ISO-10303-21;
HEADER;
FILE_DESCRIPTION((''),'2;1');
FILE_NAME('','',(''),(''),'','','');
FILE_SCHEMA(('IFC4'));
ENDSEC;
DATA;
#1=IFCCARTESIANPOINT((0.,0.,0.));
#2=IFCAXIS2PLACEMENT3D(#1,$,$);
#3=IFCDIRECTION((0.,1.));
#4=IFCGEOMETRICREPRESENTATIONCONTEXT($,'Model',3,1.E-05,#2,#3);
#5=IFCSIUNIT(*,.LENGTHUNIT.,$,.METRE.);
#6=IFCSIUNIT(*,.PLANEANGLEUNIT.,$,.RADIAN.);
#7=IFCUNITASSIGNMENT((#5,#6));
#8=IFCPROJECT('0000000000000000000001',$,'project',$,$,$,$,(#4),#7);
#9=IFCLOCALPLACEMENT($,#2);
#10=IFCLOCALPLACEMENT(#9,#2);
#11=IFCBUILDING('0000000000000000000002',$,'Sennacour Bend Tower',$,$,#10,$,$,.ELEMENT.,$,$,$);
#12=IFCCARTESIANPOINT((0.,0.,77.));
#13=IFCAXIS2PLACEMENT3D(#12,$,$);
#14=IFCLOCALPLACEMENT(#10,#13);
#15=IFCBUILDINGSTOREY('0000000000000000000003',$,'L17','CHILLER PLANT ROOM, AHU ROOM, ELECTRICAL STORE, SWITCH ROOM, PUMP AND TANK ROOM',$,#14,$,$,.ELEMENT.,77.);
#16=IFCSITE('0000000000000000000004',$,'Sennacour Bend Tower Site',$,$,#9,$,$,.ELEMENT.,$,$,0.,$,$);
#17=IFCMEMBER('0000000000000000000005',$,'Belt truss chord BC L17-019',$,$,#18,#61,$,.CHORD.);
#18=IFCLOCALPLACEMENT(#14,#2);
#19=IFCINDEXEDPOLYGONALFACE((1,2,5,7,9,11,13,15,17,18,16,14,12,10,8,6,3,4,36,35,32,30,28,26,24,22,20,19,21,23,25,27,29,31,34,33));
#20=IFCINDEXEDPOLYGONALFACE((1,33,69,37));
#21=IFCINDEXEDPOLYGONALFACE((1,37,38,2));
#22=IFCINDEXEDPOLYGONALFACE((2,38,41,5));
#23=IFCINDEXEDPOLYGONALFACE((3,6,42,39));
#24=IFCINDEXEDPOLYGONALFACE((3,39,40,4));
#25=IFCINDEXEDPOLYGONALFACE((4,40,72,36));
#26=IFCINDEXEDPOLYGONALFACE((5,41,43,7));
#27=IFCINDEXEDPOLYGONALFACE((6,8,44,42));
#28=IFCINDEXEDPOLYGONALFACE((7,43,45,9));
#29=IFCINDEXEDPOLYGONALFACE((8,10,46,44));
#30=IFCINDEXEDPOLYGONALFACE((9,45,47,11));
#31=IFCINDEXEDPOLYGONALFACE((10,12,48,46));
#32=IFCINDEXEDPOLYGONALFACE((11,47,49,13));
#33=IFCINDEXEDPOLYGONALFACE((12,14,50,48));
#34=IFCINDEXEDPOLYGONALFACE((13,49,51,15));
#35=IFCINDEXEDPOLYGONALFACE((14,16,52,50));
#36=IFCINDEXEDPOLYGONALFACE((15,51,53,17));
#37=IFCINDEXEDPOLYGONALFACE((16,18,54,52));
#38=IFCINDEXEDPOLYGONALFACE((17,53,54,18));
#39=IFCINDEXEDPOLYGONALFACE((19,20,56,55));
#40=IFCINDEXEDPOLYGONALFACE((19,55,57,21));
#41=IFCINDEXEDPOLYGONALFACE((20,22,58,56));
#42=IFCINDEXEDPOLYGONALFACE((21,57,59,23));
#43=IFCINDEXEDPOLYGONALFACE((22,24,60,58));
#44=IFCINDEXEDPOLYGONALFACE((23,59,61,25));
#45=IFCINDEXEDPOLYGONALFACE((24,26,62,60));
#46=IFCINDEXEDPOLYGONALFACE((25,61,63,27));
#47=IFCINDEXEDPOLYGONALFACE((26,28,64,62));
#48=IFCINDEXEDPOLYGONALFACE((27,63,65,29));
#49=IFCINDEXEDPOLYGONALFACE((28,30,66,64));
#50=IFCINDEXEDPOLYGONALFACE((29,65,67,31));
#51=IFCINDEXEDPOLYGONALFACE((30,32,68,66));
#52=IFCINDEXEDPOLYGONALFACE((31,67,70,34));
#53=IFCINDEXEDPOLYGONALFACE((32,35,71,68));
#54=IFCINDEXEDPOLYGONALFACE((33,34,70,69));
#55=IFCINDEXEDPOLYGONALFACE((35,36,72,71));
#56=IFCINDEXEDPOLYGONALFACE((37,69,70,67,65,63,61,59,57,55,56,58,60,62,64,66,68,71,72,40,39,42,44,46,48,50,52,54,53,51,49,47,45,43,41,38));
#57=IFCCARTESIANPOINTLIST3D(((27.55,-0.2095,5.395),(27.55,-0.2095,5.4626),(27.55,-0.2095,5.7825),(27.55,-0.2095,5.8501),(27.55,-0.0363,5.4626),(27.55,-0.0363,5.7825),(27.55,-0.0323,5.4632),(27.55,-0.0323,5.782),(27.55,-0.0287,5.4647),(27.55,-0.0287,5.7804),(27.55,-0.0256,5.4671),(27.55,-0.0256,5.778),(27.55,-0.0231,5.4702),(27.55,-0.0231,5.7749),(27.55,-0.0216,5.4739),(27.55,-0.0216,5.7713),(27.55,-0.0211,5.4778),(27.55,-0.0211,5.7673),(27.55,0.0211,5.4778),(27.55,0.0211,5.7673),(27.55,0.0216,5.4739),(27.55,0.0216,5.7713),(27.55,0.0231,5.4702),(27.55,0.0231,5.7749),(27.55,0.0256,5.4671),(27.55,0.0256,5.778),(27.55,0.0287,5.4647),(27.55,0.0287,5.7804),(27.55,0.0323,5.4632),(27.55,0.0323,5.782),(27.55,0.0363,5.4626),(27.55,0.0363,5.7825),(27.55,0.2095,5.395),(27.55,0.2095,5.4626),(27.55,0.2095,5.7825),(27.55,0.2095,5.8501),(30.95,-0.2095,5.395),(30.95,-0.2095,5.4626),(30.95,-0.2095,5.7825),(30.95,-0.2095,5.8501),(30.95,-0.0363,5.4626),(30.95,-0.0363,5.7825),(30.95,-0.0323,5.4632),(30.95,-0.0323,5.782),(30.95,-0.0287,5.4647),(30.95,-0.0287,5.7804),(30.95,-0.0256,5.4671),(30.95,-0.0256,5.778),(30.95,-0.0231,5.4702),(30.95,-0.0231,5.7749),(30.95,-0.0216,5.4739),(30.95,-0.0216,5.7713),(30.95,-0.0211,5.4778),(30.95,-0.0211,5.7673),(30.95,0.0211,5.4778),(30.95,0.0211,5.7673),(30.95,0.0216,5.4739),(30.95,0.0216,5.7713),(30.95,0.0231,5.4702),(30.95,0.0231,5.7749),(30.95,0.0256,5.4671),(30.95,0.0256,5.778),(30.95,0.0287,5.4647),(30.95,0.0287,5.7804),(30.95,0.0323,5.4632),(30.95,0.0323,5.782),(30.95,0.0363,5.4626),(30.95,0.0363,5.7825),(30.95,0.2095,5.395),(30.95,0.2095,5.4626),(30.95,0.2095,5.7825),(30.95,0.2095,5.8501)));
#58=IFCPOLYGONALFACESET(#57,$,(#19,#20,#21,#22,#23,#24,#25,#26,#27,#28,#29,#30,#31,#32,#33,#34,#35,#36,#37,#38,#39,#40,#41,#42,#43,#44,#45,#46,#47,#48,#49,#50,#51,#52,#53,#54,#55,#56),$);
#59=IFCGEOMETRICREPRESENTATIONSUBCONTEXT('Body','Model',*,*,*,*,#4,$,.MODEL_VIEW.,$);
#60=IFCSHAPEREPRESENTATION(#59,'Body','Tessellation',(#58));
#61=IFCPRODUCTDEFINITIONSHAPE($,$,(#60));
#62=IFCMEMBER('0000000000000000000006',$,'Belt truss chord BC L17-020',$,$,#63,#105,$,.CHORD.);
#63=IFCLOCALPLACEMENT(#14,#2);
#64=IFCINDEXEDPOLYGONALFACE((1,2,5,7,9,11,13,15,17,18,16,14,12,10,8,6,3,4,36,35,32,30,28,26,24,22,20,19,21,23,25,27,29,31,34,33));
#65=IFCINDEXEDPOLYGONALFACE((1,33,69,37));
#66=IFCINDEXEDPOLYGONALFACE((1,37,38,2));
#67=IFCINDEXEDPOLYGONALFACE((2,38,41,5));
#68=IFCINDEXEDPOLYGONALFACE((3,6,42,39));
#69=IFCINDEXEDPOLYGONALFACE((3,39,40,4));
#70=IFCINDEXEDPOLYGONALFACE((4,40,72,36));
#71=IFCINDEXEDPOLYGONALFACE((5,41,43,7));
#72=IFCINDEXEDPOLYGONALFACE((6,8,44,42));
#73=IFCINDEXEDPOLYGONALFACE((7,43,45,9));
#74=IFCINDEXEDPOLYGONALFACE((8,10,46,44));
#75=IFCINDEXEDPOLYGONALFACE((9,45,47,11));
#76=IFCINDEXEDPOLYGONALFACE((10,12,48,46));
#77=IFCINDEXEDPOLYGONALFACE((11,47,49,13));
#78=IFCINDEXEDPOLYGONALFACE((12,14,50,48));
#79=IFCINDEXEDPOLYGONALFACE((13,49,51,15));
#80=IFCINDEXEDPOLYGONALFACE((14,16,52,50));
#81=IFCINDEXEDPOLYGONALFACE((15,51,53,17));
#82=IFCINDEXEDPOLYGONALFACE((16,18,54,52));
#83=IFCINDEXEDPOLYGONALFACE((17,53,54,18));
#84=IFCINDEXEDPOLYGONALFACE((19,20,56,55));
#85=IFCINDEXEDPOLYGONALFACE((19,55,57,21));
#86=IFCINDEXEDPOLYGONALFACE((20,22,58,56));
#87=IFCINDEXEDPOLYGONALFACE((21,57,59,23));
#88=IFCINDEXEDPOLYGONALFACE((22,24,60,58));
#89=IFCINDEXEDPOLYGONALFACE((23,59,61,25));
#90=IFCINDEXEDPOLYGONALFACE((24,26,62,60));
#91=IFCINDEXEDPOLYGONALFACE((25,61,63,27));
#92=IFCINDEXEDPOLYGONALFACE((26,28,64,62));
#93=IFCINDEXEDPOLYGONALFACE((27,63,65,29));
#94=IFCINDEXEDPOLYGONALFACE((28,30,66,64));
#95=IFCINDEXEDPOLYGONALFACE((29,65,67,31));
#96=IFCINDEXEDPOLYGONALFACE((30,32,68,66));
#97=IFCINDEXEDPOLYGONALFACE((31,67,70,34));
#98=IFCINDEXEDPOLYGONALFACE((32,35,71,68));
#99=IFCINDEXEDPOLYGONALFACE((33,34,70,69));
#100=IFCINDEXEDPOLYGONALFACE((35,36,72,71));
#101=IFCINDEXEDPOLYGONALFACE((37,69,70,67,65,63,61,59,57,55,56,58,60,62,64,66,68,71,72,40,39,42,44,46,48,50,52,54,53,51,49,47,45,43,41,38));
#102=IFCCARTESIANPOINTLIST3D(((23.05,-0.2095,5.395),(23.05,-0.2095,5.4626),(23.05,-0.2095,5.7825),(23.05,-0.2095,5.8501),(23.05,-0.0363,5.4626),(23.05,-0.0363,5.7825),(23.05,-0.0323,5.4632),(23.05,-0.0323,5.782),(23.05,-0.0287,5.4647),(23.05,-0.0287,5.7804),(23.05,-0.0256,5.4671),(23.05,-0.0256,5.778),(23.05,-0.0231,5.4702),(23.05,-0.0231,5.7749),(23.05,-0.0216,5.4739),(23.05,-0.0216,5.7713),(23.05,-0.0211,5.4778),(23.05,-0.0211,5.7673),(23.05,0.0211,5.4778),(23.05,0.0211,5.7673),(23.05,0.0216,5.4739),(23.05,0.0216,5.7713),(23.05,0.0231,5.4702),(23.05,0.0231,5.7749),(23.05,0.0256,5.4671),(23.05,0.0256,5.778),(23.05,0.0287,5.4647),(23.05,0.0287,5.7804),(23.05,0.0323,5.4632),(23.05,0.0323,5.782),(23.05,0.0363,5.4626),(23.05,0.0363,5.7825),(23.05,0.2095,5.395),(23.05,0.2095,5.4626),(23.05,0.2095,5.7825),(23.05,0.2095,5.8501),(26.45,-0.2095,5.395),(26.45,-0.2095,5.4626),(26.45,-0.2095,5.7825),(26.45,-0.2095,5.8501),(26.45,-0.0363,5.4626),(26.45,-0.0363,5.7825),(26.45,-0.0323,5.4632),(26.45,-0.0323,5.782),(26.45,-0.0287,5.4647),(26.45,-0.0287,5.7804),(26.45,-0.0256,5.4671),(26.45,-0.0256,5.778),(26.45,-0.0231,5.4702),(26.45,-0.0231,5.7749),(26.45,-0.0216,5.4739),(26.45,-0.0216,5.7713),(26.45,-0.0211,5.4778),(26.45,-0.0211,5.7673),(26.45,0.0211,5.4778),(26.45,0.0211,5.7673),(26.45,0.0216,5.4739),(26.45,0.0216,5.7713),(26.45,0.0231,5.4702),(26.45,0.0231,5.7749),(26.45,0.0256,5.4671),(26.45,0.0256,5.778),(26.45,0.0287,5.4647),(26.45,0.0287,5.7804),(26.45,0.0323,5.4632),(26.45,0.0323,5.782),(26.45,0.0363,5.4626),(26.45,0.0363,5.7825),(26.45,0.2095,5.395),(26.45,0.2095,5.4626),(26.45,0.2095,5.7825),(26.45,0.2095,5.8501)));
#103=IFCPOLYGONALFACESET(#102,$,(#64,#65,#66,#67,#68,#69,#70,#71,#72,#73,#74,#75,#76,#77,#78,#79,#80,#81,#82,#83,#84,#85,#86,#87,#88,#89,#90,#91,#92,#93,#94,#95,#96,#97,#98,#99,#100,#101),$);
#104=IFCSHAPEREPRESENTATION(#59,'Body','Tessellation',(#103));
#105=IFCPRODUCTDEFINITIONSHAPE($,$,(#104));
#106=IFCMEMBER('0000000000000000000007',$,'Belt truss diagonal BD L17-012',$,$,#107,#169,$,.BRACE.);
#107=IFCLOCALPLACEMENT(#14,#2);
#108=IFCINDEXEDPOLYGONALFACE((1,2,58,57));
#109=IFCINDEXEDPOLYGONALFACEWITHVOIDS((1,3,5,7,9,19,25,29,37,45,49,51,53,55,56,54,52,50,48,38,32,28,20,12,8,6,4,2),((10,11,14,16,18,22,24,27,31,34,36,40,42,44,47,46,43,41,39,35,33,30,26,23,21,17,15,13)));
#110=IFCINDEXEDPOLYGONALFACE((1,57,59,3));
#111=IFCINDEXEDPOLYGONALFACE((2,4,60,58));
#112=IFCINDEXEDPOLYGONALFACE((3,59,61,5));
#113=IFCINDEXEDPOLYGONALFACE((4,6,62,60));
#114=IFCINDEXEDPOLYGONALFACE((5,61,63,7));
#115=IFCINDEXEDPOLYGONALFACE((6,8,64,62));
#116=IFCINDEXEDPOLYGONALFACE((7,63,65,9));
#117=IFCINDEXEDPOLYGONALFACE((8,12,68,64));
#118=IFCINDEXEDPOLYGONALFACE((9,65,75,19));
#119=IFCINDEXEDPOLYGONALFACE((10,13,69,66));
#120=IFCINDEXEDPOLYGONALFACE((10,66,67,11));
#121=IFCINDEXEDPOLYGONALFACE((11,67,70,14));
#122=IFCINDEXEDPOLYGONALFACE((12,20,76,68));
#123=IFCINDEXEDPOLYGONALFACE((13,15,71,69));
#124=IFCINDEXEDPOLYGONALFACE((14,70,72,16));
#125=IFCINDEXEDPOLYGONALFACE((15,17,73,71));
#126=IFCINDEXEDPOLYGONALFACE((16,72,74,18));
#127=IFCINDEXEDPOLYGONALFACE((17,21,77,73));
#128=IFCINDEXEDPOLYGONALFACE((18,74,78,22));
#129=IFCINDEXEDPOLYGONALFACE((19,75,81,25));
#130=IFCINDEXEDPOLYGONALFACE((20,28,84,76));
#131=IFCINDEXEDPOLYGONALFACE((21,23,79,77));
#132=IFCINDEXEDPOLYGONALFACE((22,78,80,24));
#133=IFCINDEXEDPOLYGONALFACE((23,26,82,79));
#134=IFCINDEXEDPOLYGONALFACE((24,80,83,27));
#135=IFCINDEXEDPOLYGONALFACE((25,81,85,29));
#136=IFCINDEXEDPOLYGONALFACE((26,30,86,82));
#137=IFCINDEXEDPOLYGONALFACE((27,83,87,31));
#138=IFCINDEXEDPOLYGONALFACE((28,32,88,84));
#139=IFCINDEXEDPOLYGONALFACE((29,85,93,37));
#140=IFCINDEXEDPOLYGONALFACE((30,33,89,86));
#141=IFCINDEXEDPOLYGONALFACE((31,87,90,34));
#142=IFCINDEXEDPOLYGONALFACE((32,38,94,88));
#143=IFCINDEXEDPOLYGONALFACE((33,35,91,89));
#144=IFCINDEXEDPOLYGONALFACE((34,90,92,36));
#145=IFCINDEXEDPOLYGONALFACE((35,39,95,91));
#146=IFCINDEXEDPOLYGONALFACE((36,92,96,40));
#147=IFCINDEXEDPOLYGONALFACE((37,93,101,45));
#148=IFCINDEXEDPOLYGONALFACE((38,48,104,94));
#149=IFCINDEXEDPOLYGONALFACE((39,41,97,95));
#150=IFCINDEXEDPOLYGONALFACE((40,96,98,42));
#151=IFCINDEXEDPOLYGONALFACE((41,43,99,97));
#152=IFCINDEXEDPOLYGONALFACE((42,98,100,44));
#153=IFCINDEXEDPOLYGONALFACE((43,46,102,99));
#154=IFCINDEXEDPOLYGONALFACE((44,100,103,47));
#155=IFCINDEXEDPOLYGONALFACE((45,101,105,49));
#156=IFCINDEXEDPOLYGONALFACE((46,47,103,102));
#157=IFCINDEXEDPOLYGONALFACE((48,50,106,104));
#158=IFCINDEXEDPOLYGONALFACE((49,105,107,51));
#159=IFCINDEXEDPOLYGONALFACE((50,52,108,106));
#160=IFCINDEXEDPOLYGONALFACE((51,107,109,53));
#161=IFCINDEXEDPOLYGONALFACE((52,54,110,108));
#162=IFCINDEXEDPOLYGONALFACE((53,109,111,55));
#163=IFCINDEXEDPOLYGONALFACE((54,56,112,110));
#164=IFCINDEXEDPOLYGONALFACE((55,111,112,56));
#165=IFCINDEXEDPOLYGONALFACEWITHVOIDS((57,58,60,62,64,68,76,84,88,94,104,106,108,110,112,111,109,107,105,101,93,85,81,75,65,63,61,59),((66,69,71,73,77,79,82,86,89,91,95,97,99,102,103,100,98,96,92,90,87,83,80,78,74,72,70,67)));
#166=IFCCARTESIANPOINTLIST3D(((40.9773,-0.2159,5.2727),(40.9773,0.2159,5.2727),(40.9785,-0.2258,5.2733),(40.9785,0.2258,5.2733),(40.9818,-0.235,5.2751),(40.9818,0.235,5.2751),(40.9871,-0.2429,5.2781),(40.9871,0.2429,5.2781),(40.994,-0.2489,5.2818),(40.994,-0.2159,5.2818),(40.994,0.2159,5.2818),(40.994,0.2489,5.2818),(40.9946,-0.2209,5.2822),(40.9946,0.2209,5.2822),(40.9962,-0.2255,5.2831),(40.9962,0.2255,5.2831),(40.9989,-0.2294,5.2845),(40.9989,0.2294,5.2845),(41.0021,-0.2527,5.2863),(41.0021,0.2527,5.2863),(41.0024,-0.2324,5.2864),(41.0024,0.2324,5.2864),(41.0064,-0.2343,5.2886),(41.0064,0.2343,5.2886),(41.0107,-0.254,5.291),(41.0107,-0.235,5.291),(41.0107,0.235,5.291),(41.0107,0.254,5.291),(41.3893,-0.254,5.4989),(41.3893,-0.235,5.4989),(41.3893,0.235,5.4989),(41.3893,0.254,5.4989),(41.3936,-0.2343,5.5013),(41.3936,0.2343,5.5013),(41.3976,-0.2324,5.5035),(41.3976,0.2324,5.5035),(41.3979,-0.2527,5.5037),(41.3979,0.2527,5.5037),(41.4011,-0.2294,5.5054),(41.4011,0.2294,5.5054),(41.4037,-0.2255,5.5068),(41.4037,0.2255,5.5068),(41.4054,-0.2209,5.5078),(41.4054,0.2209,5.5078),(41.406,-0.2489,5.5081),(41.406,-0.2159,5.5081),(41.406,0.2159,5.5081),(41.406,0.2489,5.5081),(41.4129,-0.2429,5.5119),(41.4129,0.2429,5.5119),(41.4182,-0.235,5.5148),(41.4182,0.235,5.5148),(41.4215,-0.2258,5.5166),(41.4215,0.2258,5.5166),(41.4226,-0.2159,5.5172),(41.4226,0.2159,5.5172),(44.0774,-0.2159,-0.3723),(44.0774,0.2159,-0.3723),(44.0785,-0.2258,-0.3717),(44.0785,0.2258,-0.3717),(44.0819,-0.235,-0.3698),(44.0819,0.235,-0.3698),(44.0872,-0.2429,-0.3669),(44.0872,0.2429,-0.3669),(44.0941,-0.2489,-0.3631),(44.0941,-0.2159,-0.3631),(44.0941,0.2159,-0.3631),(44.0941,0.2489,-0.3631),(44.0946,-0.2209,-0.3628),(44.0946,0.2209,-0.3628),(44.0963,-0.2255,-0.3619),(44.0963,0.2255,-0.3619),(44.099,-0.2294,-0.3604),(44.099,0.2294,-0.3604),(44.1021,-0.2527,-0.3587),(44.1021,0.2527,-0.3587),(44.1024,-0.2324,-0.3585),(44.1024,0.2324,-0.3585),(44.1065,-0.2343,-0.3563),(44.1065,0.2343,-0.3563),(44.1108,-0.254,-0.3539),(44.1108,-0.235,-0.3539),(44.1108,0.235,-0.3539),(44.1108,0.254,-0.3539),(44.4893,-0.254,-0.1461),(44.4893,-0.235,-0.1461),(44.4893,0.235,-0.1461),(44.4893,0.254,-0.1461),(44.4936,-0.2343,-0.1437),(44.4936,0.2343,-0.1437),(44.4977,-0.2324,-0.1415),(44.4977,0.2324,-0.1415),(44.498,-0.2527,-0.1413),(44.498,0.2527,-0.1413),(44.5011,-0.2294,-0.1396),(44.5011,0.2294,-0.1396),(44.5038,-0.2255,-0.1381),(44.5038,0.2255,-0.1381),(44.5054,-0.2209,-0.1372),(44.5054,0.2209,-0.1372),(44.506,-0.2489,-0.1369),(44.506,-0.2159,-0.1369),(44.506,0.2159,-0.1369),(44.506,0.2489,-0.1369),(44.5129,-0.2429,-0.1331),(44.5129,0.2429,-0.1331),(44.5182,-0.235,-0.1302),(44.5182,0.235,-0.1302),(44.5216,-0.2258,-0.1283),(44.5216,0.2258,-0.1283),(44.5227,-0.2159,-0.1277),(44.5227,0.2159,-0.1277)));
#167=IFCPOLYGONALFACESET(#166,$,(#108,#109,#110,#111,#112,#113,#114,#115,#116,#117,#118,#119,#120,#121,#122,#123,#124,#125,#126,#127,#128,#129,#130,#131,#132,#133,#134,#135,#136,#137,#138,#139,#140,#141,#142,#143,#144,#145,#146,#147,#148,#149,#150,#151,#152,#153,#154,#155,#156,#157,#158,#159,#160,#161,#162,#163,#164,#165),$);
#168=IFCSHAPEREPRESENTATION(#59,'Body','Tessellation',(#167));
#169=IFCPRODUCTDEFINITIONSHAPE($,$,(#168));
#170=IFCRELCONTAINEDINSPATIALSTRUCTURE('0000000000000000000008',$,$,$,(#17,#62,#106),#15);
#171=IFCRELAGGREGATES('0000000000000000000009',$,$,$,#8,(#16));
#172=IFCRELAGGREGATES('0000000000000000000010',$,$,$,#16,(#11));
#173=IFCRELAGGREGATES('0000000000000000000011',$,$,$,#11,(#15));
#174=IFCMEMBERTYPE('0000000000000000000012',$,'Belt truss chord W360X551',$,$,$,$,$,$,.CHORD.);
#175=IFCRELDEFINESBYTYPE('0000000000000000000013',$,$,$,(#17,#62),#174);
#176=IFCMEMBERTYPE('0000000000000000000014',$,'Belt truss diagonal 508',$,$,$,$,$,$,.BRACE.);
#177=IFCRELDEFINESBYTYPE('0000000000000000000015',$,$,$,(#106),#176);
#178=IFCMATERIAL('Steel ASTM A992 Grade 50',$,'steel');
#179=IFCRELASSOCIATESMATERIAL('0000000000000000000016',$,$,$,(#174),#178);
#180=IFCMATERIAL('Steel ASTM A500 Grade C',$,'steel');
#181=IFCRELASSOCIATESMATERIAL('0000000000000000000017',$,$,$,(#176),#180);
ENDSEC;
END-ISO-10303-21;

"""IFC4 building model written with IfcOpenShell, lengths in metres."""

from ifc_helpers import new_model, si_unit, direction, frame, origin, origin_2d, place, context, subcontext, project, spatial, hollow_rectangle, i_section, extrude, material, material_profile, profile_set, type_object, element, save


model = new_model("IFC4")

# Units and contexts
model_context = context("Model", 3, precision=1e-05, world=origin(), true_north=direction((0.0, 1.0)))
body_context = subcontext(model_context, "Body", "Model", "MODEL_VIEW")
ifc_project = project(units=[si_unit("LENGTHUNIT", "METRE"), si_unit("PLANEANGLEUNIT", "RADIAN")], contexts=[model_context])

# Site, building, storey
site_placement = place(None, origin())
site = spatial("IfcSite", under=ifc_project, at=site_placement, Name="Sennacour Bend Tower Site", CompositionType="ELEMENT", RefElevation=0.0)
building_placement = place(site_placement, origin())
building = spatial("IfcBuilding", under=site, at=building_placement, Name="Sennacour Bend Tower", CompositionType="ELEMENT")
storey_placement = place(building_placement, frame((0.0, 0.0, 77.0)))
storey = spatial("IfcBuildingStorey", under=building, at=storey_placement, Name="L17", Description="CHILLER PLANT ROOM, AHU ROOM, ELECTRICAL STORE, SWITCH ROOM, PUMP AND TANK ROOM", CompositionType="ELEMENT", Elevation=77.0)

# Members
ifc_material_1 = material(Name="Steel ASTM A992 Grade 50", Category="steel")
ifc_material_profile_1 = material_profile(ifc_material_1, i_section(OverallWidth=0.4189, OverallDepth=0.4551, WebThickness=0.0422, FlangeThickness=0.0676, FilletRadius=0.0151, at=origin_2d()), Name="Steel ASTM A992 Grade 50", Category="steel")
ifc_profile_set_1 = profile_set([ifc_material_profile_1], Name="Steel ASTM A992 Grade 50")
member_type_1 = type_object("IfcMemberType", Name="Belt truss chord W360X551", PredefinedType="CHORD", material=ifc_profile_set_1)
for number, where, z_axis, x_axis, name in (
    (1, (30.95, 0.0, 5.6226), (-1.0, 0.0, 0.0), (0.0, -1.0, 0.0), "Belt truss chord BC L17-019"),
    (2, (26.45, 0.0, 5.6226), (-1.0, 0.0, 0.0), (0.0, -1.0, 0.0), "Belt truss chord BC L17-020"),
):
    element("IfcMember", number, at=place(storey_placement, frame(where, z_axis=z_axis, x_axis=x_axis)), inside=storey, type_object=member_type_1, Name=name, PredefinedType="CHORD", context=body_context, shape_type="SweptSolid", body=[
        extrude(i_section(OverallWidth=0.4189, OverallDepth=0.4551, WebThickness=0.0422, FlangeThickness=0.0676, FilletRadius=0.0151, at=origin_2d()), origin(), (0.0, 0.0, 1.0), 3.3999),
    ])
ifc_material_2 = material(Name="Steel ASTM A500 Grade C", Category="steel")
ifc_material_profile_2 = material_profile(ifc_material_2, hollow_rectangle(XDim=0.5081, YDim=0.5081, WallThickness=0.019, InnerFilletRadius=0.019, OuterFilletRadius=0.0381, at=origin_2d()), Name="Steel ASTM A500 Grade C", Category="steel")
ifc_profile_set_2 = profile_set([ifc_material_profile_2], Name="Steel ASTM A500 Grade C")
member_type_2 = type_object("IfcMemberType", Name="Belt truss diagonal 508", PredefinedType="BRACE", material=ifc_profile_set_2)
for number, where, z_axis, x_axis, name in (
    (3, (44.3, 0.0, -0.25), (-0.481363, 0.0, 0.876521), (0.0, -1.0, 0.0), "Belt truss diagonal BD L17-012"),
):
    element("IfcMember", number, at=place(storey_placement, frame(where, z_axis=z_axis, x_axis=x_axis)), inside=storey, type_object=member_type_2, Name=name, PredefinedType="BRACE", context=body_context, shape_type="SweptSolid", body=[
        extrude(hollow_rectangle(XDim=0.5081, YDim=0.5081, WallThickness=0.019, InnerFilletRadius=0.019, OuterFilletRadius=0.0381, at=origin_2d()), origin(), (0.0, 0.0, 1.0), 6.4402),
    ])

save(model, "model.ifc")
